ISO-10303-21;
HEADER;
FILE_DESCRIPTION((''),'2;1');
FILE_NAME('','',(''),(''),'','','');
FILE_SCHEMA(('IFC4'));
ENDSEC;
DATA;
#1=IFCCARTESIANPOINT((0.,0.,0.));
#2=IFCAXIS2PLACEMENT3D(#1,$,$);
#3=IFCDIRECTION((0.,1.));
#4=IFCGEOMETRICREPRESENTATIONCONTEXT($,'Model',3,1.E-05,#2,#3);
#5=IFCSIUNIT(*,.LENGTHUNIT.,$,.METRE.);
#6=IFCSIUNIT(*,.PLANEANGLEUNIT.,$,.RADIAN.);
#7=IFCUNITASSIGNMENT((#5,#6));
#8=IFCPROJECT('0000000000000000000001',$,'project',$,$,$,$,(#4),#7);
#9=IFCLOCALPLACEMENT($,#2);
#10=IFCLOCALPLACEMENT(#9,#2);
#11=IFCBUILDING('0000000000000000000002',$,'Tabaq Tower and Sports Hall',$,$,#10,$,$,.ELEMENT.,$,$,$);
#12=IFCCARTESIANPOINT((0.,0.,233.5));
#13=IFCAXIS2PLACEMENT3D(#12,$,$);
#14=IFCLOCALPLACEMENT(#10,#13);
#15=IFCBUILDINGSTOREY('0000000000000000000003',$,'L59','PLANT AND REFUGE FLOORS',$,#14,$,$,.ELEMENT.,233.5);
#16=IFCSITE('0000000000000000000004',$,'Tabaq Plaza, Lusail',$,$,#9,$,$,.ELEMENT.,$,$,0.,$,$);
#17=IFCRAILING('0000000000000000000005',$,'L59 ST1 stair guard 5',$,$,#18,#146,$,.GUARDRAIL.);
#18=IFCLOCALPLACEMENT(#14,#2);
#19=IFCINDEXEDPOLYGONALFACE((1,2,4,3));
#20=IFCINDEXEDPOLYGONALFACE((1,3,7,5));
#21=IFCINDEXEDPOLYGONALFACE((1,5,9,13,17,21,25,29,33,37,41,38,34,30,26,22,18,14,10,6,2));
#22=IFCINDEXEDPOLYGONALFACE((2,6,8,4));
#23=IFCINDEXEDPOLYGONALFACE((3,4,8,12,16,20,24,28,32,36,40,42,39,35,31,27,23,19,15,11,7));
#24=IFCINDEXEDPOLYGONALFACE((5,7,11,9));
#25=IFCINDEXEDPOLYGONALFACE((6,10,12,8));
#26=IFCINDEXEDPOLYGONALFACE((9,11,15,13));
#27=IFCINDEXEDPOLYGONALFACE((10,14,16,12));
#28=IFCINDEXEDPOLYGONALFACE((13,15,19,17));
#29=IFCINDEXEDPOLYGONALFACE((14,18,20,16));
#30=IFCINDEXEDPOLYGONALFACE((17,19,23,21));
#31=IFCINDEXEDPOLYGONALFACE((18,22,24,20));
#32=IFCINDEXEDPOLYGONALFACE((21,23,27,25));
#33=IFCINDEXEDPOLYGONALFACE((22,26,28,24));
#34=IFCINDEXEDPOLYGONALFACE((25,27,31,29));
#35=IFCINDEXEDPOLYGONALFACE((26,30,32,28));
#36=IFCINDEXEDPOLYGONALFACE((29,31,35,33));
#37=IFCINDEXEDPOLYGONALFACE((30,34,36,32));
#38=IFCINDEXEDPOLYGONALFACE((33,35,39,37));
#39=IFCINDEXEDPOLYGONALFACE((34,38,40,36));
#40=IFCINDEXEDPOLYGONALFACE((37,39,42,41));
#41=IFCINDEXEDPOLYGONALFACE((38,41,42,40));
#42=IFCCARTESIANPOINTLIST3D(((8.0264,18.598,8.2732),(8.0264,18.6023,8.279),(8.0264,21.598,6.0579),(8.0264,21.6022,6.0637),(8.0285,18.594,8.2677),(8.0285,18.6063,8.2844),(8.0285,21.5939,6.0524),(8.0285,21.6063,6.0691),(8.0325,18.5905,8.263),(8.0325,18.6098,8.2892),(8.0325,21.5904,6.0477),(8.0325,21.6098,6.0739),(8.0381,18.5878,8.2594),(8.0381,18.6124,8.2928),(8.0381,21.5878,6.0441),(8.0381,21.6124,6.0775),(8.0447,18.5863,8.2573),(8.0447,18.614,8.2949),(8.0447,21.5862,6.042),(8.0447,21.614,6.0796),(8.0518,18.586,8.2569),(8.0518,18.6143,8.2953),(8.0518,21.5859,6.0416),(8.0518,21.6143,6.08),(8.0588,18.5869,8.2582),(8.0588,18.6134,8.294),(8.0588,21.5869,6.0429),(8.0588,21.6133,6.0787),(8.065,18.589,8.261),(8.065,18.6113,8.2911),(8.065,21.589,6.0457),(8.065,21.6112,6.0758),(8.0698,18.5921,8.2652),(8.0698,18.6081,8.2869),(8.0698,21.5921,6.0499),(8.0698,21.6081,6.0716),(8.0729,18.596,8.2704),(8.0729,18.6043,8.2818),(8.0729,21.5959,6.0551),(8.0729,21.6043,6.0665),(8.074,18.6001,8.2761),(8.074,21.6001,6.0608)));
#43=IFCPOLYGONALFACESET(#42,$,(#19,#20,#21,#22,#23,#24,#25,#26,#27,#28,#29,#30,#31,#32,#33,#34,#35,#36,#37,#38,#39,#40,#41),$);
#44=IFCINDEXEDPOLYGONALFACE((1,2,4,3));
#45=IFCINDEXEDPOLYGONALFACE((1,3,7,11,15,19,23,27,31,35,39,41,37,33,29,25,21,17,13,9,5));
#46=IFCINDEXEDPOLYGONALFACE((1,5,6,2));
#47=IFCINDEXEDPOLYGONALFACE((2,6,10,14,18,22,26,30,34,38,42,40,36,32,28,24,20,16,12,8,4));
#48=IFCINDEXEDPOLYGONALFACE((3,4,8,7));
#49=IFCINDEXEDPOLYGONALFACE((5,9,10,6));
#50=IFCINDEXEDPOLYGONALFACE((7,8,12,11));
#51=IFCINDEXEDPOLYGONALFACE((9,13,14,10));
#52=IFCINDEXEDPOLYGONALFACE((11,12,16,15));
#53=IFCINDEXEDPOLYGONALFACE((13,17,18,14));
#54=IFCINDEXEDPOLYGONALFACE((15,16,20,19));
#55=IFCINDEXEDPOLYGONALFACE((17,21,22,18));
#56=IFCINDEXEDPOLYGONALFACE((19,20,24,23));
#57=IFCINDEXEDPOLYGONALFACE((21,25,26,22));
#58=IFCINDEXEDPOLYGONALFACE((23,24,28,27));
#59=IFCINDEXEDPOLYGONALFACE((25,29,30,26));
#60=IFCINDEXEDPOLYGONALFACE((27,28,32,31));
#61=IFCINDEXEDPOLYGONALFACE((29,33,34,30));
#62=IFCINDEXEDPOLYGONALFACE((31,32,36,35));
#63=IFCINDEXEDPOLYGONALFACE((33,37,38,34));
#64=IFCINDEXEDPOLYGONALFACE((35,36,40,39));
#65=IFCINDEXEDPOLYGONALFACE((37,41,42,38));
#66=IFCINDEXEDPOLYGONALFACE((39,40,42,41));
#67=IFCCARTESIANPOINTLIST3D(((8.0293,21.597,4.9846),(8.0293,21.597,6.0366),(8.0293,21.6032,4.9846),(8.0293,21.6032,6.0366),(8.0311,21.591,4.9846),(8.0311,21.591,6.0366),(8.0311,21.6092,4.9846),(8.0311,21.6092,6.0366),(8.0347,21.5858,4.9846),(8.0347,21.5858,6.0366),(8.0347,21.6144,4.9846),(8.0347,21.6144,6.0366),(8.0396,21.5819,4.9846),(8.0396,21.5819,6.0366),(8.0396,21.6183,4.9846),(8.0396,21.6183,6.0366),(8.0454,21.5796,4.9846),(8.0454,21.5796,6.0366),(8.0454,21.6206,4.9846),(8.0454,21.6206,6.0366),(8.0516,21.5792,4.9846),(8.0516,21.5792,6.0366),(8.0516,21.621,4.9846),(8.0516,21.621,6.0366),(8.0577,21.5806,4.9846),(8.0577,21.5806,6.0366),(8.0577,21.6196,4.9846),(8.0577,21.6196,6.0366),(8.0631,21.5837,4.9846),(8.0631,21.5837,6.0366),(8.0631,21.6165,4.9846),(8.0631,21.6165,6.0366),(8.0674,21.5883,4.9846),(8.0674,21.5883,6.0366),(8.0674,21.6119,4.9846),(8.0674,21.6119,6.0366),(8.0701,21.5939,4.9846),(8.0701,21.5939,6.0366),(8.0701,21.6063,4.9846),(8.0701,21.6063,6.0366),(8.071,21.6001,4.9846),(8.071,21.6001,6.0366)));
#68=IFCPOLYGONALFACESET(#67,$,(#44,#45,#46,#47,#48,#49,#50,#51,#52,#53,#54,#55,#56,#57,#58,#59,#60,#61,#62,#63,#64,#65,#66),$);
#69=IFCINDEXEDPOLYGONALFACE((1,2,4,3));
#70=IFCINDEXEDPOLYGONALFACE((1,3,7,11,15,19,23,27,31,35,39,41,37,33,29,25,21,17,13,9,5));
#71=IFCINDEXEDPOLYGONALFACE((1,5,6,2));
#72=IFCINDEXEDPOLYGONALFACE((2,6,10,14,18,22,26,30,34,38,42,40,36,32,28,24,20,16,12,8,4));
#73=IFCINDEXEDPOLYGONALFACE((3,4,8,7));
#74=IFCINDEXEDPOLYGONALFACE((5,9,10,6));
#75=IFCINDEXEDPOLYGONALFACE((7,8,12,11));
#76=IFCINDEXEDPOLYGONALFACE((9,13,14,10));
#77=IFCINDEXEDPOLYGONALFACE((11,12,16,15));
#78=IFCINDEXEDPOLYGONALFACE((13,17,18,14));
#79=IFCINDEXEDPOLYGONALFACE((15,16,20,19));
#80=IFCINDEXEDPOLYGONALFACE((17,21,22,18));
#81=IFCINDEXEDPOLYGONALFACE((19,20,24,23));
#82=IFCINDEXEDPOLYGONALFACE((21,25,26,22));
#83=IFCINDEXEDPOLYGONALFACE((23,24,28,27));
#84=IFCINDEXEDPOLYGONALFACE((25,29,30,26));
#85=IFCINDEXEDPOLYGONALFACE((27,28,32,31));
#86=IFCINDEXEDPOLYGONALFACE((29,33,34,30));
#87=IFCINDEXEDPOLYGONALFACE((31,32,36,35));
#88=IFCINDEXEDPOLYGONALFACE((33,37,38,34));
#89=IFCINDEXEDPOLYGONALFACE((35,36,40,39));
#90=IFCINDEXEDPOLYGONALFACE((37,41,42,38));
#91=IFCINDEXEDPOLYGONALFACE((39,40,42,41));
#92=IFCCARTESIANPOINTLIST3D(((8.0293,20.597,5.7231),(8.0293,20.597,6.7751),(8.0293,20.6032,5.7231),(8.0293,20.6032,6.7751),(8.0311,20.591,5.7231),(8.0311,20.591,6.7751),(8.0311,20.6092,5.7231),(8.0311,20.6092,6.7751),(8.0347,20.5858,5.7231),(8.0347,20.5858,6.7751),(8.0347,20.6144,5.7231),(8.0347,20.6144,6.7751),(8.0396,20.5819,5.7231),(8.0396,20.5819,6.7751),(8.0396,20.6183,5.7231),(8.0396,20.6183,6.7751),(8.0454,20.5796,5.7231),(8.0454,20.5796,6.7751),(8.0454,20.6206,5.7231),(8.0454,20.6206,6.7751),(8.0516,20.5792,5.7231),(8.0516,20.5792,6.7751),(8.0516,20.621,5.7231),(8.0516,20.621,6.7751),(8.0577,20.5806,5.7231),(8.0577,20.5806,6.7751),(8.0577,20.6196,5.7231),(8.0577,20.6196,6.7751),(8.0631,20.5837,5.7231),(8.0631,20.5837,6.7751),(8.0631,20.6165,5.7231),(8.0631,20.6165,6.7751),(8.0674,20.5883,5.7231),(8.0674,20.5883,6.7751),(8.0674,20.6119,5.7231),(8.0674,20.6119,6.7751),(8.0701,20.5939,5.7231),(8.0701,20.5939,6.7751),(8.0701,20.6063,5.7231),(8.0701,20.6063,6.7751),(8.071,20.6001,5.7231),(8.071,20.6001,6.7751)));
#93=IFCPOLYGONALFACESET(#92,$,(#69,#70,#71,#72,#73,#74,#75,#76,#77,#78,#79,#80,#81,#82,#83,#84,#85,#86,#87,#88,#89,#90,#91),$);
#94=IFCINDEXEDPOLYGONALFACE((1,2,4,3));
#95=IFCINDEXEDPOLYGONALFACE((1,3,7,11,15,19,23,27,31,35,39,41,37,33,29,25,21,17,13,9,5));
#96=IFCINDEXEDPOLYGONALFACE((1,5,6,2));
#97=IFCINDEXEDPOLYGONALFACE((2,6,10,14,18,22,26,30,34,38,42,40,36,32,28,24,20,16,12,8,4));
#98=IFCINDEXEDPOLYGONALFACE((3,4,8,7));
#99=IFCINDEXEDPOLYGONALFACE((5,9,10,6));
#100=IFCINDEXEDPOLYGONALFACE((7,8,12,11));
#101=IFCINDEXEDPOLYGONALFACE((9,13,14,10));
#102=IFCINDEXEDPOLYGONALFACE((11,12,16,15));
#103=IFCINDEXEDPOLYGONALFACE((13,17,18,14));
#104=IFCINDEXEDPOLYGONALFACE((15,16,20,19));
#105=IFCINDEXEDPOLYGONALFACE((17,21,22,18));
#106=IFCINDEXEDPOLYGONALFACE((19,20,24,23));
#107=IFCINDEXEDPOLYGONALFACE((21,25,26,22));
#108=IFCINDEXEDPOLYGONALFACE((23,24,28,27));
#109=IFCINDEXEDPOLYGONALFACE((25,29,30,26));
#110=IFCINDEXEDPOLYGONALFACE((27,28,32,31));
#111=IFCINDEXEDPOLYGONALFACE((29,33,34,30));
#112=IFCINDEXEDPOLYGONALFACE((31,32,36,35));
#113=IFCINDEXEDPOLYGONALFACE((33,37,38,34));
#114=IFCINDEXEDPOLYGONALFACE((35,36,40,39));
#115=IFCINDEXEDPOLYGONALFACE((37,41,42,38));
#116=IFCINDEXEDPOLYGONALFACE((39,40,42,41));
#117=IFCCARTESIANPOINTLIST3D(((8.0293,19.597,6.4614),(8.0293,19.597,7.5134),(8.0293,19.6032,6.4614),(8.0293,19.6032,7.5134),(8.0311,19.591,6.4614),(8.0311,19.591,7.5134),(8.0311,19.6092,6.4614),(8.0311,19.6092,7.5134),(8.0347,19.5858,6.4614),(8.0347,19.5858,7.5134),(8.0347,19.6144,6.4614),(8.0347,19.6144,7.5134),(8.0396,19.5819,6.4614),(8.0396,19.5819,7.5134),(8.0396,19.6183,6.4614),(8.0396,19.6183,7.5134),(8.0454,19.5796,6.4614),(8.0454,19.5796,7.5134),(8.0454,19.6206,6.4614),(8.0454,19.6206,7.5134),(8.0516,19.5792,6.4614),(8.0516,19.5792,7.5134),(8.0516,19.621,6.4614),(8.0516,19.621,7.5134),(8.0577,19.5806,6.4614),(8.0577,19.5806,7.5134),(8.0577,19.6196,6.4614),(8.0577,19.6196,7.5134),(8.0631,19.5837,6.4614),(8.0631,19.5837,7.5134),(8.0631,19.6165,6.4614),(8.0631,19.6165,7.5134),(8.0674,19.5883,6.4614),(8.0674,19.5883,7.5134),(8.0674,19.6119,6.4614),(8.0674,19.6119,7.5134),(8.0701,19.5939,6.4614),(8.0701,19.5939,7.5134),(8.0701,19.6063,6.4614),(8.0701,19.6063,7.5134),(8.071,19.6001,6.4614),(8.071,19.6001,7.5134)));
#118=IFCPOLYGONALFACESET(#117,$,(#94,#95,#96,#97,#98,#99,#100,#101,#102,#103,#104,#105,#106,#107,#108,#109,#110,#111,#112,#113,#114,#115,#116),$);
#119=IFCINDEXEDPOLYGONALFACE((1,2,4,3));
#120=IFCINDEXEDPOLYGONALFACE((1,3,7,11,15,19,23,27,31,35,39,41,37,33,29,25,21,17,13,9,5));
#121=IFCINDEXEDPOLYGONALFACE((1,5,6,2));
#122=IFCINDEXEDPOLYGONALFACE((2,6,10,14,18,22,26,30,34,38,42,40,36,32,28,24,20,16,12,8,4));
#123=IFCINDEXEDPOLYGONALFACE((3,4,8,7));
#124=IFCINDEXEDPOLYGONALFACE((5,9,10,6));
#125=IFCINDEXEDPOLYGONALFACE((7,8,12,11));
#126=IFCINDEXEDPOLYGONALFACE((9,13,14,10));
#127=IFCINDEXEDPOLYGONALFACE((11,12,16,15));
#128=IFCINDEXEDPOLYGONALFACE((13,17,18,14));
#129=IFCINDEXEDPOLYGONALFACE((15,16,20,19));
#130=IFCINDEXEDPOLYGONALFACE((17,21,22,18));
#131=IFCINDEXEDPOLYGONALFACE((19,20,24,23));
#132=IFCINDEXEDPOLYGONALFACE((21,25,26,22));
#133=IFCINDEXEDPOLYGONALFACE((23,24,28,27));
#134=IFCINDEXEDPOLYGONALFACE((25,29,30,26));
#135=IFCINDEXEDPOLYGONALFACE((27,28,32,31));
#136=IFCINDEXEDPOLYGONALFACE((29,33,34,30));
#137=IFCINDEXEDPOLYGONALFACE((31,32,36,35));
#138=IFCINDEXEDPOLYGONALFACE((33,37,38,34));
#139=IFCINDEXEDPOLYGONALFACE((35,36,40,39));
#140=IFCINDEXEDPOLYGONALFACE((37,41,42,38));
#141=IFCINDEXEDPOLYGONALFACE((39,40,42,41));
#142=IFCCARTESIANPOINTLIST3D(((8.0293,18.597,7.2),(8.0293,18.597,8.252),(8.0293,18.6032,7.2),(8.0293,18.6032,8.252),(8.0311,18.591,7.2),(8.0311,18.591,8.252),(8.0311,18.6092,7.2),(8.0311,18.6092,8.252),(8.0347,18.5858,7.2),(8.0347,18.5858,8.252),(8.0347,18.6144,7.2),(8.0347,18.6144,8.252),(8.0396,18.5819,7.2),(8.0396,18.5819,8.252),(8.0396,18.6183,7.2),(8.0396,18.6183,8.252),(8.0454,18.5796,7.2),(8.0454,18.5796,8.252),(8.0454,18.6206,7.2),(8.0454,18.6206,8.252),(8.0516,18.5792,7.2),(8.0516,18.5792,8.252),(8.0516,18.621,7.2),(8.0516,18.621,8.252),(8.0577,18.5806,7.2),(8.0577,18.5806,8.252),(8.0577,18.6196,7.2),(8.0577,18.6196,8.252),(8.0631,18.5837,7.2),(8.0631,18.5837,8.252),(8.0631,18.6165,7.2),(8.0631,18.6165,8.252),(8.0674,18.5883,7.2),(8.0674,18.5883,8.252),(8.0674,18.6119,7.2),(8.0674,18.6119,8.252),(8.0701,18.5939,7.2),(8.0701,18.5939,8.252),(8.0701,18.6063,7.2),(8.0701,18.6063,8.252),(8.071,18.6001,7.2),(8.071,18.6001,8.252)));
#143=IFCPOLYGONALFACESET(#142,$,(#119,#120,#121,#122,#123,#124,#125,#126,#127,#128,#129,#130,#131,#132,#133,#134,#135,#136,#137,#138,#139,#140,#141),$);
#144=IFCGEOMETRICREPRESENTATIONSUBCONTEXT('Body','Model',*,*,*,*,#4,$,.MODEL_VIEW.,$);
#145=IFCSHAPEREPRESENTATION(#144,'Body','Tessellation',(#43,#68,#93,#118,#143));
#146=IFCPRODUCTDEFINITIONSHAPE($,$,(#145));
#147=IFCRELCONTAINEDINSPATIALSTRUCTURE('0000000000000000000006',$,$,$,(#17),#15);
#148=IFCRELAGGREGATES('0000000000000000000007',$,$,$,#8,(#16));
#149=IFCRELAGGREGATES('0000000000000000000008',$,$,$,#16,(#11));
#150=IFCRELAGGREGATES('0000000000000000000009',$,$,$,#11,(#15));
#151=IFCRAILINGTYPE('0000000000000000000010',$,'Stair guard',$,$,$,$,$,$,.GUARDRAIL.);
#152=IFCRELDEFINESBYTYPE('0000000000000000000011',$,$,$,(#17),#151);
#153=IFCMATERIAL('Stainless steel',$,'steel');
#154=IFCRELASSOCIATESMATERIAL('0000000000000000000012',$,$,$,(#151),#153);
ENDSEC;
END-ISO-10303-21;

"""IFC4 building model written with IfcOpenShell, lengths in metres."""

from ifc_helpers import new_model, si_unit, direction, frame, origin, origin_2d, place, context, subcontext, project, spatial, circle, extrude, material, type_object, element, save


model = new_model("IFC4")

# Units and contexts
model_context = context("Model", 3, precision=1e-05, world=origin(), true_north=direction((0.0, 1.0)))
body_context = subcontext(model_context, "Body", "Model", "MODEL_VIEW")
ifc_project = project(units=[si_unit("LENGTHUNIT", "METRE"), si_unit("PLANEANGLEUNIT", "RADIAN")], contexts=[model_context])

# Site, building, storey
site_placement = place(None, origin())
site = spatial("IfcSite", under=ifc_project, at=site_placement, Name="Tabaq Plaza, Lusail", CompositionType="ELEMENT", RefElevation=0.0)
building_placement = place(site_placement, origin())
building = spatial("IfcBuilding", under=site, at=building_placement, Name="Tabaq Tower and Sports Hall", CompositionType="ELEMENT")
storey_placement = place(building_placement, frame((0.0, 0.0, 233.5)))
storey = spatial("IfcBuildingStorey", under=building, at=storey_placement, Name="L59", Description="PLANT AND REFUGE FLOORS", CompositionType="ELEMENT", Elevation=233.5)

# Railing
ifc_material_1 = material(Name="Stainless steel", Category="steel")
railing_type_1 = type_object("IfcRailingType", Name="Stair guard", PredefinedType="GUARDRAIL", material=ifc_material_1)
railing_1_placement = place(storey_placement, frame((8.05, 21.6001, 4.9846)))
element("IfcRailing", 1, at=railing_1_placement, inside=storey, type_object=railing_type_1, Name="L59 ST1 stair guard 5", PredefinedType="GUARDRAIL", context=body_context, shape_type="SweptSolid", body=[
    extrude(circle(Radius=0.0239, at=origin_2d()), frame((0.0, 0.0, 1.0762), z_axis=(0.0, -0.80444, 0.594034), x_axis=(1.0, 0.0, 0.0)), (0.0, 0.0, 1.0), 3.7292),
    extrude(circle(Radius=0.021, at=origin_2d()), origin(), (0.0, 0.0, 1.0), 1.052),
    extrude(circle(Radius=0.021, at=origin_2d()), frame((0.0, -1.0, 0.7385)), (0.0, 0.0, 1.0), 1.052),
    extrude(circle(Radius=0.021, at=origin_2d()), frame((0.0, -2.0, 1.4768)), (0.0, 0.0, 1.0), 1.052),
    extrude(circle(Radius=0.021, at=origin_2d()), frame((0.0, -3.0, 2.2153)), (0.0, 0.0, 1.0), 1.052),
])

save(model, "model.ifc")
